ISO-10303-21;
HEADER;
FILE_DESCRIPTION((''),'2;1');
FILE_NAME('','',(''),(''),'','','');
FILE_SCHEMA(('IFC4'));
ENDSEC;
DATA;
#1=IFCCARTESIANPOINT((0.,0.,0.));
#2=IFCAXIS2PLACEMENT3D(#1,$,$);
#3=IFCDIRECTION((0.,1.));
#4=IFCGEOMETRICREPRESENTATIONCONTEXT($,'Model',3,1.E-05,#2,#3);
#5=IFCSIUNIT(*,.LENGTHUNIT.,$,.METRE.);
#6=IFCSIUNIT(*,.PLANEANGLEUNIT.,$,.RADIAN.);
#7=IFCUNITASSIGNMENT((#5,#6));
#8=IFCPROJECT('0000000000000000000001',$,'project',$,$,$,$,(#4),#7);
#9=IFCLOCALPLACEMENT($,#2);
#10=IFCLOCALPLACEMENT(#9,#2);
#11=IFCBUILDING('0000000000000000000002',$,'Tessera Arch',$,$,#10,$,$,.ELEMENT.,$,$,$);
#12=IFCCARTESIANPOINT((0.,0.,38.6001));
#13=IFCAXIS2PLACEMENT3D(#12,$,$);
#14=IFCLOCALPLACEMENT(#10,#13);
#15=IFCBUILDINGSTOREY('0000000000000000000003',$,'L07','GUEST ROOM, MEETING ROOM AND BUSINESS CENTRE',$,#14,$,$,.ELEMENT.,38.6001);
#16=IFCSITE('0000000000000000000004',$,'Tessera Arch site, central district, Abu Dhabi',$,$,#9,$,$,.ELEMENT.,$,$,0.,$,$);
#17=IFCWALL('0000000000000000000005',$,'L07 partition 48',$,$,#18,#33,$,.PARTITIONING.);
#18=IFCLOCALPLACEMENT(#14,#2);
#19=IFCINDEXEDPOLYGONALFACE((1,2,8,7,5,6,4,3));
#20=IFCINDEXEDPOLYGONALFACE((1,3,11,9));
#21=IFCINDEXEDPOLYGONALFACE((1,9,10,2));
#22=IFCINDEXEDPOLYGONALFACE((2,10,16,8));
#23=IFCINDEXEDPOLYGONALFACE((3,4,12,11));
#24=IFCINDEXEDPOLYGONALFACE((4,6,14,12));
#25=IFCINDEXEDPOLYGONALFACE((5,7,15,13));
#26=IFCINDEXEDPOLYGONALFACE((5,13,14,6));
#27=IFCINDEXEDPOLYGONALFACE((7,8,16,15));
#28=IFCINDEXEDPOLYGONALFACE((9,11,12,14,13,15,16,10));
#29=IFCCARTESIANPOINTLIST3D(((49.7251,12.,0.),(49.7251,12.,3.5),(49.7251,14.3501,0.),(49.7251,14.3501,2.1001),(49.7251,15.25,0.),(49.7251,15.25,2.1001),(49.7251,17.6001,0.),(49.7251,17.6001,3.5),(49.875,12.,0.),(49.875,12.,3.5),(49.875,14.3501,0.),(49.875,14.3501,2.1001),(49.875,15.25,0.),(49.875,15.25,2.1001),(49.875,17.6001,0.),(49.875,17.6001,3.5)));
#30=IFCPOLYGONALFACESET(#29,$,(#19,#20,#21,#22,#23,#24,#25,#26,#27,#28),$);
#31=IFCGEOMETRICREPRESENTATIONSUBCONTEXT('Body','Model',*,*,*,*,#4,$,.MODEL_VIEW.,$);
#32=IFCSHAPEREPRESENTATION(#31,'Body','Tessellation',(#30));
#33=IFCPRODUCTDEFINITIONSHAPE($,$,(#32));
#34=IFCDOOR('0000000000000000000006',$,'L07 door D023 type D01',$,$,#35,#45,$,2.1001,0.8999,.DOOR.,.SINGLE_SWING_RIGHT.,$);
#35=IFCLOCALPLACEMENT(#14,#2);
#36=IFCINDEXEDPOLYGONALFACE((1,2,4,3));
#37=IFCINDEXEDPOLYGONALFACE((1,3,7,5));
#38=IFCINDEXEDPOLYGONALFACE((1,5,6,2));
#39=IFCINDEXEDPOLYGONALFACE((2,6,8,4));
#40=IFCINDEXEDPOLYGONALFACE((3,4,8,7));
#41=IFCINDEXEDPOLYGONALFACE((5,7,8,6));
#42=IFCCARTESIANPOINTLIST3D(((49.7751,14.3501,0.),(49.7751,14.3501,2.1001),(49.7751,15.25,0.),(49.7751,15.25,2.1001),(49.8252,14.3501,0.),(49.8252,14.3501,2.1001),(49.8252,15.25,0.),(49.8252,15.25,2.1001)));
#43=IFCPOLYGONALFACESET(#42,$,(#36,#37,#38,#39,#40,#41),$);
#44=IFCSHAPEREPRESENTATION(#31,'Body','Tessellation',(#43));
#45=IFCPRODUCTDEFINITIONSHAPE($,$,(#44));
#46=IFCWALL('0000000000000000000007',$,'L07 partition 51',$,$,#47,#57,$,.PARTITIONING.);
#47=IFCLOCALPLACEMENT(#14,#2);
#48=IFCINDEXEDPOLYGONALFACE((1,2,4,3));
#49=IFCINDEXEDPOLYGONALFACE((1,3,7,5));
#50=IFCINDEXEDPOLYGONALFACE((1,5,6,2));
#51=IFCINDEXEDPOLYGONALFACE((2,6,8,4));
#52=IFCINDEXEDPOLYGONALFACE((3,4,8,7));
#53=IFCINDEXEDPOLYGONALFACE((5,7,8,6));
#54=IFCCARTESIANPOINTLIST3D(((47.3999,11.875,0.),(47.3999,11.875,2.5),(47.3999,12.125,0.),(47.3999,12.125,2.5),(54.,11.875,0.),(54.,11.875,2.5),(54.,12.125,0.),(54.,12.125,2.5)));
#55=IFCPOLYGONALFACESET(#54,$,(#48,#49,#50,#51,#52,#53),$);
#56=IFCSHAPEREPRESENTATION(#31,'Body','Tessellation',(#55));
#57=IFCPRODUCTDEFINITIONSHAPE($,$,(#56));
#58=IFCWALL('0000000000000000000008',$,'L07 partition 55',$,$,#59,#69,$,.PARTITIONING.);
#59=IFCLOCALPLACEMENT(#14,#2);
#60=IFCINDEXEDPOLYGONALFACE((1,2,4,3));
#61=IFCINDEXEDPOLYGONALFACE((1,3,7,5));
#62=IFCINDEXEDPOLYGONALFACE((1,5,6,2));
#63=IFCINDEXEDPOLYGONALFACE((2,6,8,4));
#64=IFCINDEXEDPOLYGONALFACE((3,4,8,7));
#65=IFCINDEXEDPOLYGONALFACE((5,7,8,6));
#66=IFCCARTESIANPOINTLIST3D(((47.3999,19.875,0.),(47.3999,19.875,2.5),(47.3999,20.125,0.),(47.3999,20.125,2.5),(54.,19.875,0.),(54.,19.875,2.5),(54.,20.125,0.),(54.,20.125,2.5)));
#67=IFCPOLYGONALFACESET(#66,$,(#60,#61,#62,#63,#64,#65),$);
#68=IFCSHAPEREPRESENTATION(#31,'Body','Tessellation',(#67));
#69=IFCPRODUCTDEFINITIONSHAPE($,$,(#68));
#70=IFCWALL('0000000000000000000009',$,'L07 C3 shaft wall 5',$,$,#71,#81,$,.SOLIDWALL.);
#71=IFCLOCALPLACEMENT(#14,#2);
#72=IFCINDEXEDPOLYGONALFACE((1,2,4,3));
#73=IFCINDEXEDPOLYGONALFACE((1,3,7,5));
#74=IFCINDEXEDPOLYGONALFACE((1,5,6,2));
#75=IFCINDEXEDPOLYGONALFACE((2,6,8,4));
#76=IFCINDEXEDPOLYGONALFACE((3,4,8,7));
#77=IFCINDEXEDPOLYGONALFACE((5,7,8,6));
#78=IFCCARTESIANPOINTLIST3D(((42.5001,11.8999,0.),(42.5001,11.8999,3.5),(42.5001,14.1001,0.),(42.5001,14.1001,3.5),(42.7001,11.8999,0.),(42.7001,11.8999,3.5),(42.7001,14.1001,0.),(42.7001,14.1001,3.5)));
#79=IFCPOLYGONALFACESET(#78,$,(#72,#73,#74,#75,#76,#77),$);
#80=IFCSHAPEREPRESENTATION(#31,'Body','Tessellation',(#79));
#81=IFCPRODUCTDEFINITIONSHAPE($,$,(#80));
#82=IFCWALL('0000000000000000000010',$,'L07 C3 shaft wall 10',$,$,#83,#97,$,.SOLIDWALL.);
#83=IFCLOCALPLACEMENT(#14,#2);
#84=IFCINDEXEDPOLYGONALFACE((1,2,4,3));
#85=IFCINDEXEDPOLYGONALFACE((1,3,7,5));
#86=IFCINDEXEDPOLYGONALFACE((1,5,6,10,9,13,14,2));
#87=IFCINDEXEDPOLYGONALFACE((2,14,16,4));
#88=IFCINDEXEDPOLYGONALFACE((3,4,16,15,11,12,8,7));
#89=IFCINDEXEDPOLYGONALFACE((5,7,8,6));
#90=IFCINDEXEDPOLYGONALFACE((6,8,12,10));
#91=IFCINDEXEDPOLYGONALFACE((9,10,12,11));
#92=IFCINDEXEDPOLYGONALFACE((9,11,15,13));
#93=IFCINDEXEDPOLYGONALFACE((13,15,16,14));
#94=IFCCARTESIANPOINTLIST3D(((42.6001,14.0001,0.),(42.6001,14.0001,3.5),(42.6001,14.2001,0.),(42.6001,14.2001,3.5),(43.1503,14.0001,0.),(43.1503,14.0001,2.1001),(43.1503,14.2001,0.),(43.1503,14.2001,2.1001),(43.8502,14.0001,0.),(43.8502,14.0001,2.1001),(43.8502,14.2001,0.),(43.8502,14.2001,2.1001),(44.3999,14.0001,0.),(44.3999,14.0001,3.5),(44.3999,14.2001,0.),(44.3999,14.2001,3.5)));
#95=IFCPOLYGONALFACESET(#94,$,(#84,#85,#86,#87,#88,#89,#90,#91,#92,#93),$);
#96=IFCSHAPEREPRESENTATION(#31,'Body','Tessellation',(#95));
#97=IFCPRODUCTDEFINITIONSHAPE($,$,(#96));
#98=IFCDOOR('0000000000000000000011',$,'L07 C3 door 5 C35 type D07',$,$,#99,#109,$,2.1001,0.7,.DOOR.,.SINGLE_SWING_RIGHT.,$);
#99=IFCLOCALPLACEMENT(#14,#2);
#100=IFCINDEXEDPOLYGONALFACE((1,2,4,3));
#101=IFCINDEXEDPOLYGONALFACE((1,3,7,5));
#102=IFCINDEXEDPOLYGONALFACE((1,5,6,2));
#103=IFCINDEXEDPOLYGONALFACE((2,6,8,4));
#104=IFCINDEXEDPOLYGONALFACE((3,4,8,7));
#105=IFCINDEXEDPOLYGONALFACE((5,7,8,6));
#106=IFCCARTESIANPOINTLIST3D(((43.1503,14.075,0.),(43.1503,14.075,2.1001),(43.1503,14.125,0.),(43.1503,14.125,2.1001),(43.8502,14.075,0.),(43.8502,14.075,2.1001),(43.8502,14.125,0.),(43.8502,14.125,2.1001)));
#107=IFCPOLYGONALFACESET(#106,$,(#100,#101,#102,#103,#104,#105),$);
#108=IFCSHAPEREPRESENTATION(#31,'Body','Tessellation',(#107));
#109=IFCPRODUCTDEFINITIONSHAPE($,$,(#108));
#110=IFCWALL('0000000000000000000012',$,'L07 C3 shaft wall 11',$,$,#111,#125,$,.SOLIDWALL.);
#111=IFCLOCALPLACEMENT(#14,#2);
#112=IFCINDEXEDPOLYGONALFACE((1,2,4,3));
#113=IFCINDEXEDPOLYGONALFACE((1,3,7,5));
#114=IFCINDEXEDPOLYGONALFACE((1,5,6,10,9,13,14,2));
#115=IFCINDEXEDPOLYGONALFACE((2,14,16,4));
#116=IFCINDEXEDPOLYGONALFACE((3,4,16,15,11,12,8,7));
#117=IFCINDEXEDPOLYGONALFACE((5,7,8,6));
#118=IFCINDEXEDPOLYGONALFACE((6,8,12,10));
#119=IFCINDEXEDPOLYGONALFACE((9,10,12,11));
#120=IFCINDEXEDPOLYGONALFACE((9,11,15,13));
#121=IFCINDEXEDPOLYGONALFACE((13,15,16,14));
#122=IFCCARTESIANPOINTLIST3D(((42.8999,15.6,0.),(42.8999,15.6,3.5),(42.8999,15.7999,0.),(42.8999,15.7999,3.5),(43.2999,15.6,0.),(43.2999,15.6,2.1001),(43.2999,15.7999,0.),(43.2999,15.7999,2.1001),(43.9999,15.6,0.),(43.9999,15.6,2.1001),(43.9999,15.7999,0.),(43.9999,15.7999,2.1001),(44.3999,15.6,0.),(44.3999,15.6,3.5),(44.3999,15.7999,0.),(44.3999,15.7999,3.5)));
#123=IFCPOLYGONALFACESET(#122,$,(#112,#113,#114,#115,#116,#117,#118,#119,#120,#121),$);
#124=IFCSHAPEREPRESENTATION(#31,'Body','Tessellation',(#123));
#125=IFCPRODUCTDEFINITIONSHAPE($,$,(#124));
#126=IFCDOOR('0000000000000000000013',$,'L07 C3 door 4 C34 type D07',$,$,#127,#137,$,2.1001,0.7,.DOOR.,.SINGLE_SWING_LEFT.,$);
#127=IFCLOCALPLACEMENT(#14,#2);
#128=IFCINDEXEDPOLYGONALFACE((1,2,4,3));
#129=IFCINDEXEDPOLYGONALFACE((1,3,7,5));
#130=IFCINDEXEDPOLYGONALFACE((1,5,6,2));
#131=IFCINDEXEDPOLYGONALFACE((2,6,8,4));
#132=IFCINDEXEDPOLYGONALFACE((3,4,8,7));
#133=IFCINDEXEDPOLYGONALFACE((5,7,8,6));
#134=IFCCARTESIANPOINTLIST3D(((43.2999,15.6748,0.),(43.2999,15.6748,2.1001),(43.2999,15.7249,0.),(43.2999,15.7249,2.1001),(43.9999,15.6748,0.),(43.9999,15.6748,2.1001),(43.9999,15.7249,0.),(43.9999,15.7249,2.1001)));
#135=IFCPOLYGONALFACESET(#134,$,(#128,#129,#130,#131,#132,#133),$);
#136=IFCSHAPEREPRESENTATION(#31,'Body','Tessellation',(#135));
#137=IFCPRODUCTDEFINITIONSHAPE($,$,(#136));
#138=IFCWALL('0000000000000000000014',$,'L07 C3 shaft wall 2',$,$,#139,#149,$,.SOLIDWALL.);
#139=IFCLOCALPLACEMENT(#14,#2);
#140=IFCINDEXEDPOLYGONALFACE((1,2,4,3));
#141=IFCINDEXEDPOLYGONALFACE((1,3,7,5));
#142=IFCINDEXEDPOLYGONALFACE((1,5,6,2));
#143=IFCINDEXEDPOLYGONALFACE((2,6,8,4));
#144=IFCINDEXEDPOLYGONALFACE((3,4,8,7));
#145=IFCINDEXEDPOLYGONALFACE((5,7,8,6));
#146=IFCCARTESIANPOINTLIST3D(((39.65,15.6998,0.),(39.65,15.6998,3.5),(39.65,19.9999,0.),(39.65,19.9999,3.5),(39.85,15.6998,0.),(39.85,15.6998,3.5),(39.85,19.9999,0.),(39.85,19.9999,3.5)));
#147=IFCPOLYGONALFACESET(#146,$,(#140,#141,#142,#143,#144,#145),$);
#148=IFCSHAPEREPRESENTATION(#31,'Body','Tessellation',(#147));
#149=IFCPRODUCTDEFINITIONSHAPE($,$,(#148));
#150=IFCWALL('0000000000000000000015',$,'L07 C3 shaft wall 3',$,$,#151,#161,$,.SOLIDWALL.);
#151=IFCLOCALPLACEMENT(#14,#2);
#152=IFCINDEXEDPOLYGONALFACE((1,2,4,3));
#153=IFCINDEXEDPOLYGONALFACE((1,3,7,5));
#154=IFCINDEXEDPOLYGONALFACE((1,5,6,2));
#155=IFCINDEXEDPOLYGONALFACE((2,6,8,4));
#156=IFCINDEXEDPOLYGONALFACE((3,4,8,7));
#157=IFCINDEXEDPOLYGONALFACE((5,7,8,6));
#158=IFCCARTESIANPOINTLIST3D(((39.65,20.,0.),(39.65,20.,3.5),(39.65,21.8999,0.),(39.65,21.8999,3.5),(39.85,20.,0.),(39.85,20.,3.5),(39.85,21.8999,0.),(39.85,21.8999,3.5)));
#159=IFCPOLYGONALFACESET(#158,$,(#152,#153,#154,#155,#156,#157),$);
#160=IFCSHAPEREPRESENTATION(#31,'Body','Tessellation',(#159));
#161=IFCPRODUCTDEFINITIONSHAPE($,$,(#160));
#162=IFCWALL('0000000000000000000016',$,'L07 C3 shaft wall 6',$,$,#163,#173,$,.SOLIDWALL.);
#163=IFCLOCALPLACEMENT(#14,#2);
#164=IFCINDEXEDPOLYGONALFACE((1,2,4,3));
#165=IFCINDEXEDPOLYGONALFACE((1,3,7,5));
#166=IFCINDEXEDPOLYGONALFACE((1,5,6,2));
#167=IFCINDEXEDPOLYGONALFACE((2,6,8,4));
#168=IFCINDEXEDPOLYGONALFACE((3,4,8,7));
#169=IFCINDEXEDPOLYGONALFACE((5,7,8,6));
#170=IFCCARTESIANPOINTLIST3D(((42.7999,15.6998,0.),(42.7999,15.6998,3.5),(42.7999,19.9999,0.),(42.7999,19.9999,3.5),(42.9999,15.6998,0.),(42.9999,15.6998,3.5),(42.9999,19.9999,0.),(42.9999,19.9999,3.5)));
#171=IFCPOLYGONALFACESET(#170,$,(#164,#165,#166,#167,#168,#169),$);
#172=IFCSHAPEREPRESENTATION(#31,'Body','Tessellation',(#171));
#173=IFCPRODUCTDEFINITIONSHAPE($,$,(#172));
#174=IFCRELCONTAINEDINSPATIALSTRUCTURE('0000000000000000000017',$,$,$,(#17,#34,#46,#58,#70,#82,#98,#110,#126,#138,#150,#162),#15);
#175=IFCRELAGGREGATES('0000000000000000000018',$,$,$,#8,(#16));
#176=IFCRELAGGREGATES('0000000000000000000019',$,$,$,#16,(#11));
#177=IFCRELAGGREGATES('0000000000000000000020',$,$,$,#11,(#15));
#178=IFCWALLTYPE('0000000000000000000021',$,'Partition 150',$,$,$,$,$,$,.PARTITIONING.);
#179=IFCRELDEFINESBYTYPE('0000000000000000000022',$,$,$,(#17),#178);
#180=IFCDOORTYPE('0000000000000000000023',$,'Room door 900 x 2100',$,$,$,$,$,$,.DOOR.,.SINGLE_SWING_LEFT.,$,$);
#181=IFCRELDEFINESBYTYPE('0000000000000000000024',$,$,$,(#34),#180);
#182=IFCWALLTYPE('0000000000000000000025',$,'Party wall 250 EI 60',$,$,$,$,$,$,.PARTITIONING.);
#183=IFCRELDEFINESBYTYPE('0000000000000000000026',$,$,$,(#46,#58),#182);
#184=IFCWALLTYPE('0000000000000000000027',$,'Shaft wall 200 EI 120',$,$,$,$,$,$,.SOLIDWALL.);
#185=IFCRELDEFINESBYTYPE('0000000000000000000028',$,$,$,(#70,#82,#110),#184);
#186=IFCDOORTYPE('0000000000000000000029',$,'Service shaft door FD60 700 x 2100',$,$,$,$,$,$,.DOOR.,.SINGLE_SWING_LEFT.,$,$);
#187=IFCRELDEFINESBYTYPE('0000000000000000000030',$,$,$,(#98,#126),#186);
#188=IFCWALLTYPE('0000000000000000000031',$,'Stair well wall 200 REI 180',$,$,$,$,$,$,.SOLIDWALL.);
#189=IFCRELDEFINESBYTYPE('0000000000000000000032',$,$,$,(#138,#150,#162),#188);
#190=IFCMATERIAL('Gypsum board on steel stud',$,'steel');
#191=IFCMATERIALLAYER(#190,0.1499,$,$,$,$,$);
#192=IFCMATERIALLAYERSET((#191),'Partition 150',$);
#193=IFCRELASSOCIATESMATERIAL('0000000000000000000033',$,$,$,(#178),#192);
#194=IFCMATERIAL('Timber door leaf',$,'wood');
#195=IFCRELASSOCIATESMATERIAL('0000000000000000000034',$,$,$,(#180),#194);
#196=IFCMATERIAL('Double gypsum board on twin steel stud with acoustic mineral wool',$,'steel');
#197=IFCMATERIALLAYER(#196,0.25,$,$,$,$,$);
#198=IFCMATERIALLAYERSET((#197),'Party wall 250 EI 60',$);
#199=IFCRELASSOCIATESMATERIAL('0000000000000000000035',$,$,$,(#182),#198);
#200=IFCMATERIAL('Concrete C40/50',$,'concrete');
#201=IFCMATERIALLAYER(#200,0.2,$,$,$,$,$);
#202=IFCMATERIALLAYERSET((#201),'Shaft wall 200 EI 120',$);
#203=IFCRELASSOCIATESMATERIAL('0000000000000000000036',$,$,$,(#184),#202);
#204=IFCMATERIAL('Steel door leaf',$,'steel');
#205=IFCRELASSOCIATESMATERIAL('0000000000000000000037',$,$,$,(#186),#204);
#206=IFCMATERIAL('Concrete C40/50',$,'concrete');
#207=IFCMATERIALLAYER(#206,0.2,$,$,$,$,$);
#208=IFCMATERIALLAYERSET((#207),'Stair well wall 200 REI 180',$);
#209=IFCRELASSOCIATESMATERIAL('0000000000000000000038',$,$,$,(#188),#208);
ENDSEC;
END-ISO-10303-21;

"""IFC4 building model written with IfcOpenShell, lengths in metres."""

from ifc_helpers import new_model, si_unit, direction, frame, frame_2d, origin, place, context, subcontext, project, spatial, rectangle, extrude, material, layer, layer_set, type_object, element, fill, save


model = new_model("IFC4")

# Units and contexts
model_context = context("Model", 3, precision=1e-05, world=origin(), true_north=direction((0.0, 1.0)))
body_context = subcontext(model_context, "Body", "Model", "MODEL_VIEW")
ifc_project = project(units=[si_unit("LENGTHUNIT", "METRE"), si_unit("PLANEANGLEUNIT", "RADIAN")], contexts=[model_context])

# Site, building, storey
site_placement = place(None, origin())
site = spatial("IfcSite", under=ifc_project, at=site_placement, Name="Tessera Arch site, central district, Abu Dhabi", CompositionType="ELEMENT", RefElevation=0.0)
building_placement = place(site_placement, origin())
building = spatial("IfcBuilding", under=site, at=building_placement, Name="Tessera Arch", CompositionType="ELEMENT")
storey_placement = place(building_placement, frame((0.0, 0.0, 38.6001)))
storey = spatial("IfcBuildingStorey", under=building, at=storey_placement, Name="L07", Description="GUEST ROOM, MEETING ROOM AND BUSINESS CENTRE", CompositionType="ELEMENT", Elevation=38.6001)

# Wall, opening, door
ifc_material_1 = material(Name="Gypsum board on steel stud", Category="steel")
ifc_layer_1 = layer(ifc_material_1, 0.1499)
ifc_layer_set_1 = layer_set([ifc_layer_1], Name="Partition 150")
wall_type_1 = type_object("IfcWallType", Name="Partition 150", PredefinedType="PARTITIONING", material=ifc_layer_set_1)
wall_1_placement = place(storey_placement, frame((49.8, 12.0, 0.0), z_axis=(0.0, 0.0, 1.0), x_axis=(0.0, 1.0, 0.0)))
wall_1 = element("IfcWall", 1, at=wall_1_placement, inside=storey, type_object=wall_type_1, Name="L07 partition 48", PredefinedType="PARTITIONING", context=body_context, shape_type="SweptSolid", body=[
    extrude(rectangle(XDim=5.6001, YDim=0.1499, at=frame_2d((2.8, 0.0))), origin(), (0.0, 0.0, 1.0), 3.5),
])
opening_1_placement = place(wall_1_placement, frame((2.3501, 0.0, 0.0)))
opening_1 = element("IfcOpeningElement", 2, at=opening_1_placement, cuts=wall_1, PredefinedType="OPENING", context=body_context, shape_type="SweptSolid", body=[
    extrude(rectangle(XDim=0.8999, YDim=2.1001, at=frame_2d((0.45, 1.05))), frame((0.0, 0.085, 0.0), z_axis=(0.0, -1.0, 0.0), x_axis=(1.0, 0.0, 0.0)), (0.0, 0.0, 1.0), 0.1699),
])
ifc_material_2 = material(Name="Timber door leaf", Category="wood")
door_type_1 = type_object("IfcDoorType", Name="Room door 900 x 2100", OperationType="SINGLE_SWING_LEFT", PredefinedType="DOOR", material=ifc_material_2)
door_1_placement = place(opening_1_placement, origin())
door_1 = element("IfcDoor", 3, at=door_1_placement, inside=storey, type_object=door_type_1, Name="L07 door D023 type D01", OperationType="SINGLE_SWING_RIGHT", OverallHeight=2.1001, OverallWidth=0.8999, PredefinedType="DOOR", context=body_context, shape_type="SweptSolid", body=[
    extrude(rectangle(XDim=0.8999, YDim=2.1001, at=frame_2d((0.45, 1.05))), frame((0.0, 0.0249, 0.0), z_axis=(0.0, -1.0, 0.0), x_axis=(1.0, 0.0, 0.0)), (0.0, 0.0, 1.0), 0.05),
])
fill(opening_1, door_1)

# Walls
ifc_material_3 = material(Name="Double gypsum board on twin steel stud with acoustic mineral wool", Category="steel")
ifc_layer_2 = layer(ifc_material_3, 0.25)
ifc_layer_set_2 = layer_set([ifc_layer_2], Name="Party wall 250 EI 60")
wall_type_2 = type_object("IfcWallType", Name="Party wall 250 EI 60", PredefinedType="PARTITIONING", material=ifc_layer_set_2)
for number, where, z_axis, x_axis, name in (
    (4, (47.3999, 12.0, 0.0), (0.0, 0.0, 1.0), (1.0, 0.0, 0.0), "L07 partition 51"),
    (5, (47.3999, 20.0, 0.0), (0.0, 0.0, 1.0), (1.0, 0.0, 0.0), "L07 partition 55"),
):
    element("IfcWall", number, at=place(storey_placement, frame(where, z_axis=z_axis, x_axis=x_axis)), inside=storey, type_object=wall_type_2, Name=name, PredefinedType="PARTITIONING", context=body_context, shape_type="SweptSolid", body=[
        extrude(rectangle(XDim=6.6001, YDim=0.25, at=frame_2d((3.3, 0.0))), origin(), (0.0, 0.0, 1.0), 2.5),
    ])
ifc_material_4 = material(Name="Concrete C40/50", Category="concrete")
ifc_layer_3 = layer(ifc_material_4, 0.2)
ifc_layer_set_3 = layer_set([ifc_layer_3], Name="Shaft wall 200 EI 120")
wall_type_3 = type_object("IfcWallType", Name="Shaft wall 200 EI 120", PredefinedType="SOLIDWALL", material=ifc_layer_set_3)
wall_2_placement = place(storey_placement, frame((42.6001, 11.8999, 0.0), z_axis=(0.0, 0.0, 1.0), x_axis=(0.0, 1.0, 0.0)))
element("IfcWall", 6, at=wall_2_placement, inside=storey, type_object=wall_type_3, Name="L07 C3 shaft wall 5", PredefinedType="SOLIDWALL", context=body_context, shape_type="SweptSolid", body=[
    extrude(rectangle(XDim=2.2002, YDim=0.2, at=frame_2d((1.1001, 0.0))), origin(), (0.0, 0.0, 1.0), 3.5),
])

# Walls, openings, doors
wall_3_placement = place(storey_placement, frame((42.6001, 14.1001, 0.0), z_axis=(0.0, 0.0, 1.0), x_axis=(1.0, 0.0, 0.0)))
wall_3 = element("IfcWall", 7, at=wall_3_placement, inside=storey, type_object=wall_type_3, Name="L07 C3 shaft wall 10", PredefinedType="SOLIDWALL", context=body_context, shape_type="SweptSolid", body=[
    extrude(rectangle(XDim=1.7998, YDim=0.2, at=frame_2d((0.8999, 0.0))), origin(), (0.0, 0.0, 1.0), 3.5),
])
opening_2_placement = place(wall_3_placement, frame((0.55, 0.0, 0.0)))
opening_2 = element("IfcOpeningElement", 8, at=opening_2_placement, cuts=wall_3, PredefinedType="OPENING", context=body_context, shape_type="SweptSolid", body=[
    extrude(rectangle(XDim=0.7, YDim=2.1001, at=frame_2d((0.3501, 1.05))), frame((0.0, 0.1099, 0.0), z_axis=(0.0, -1.0, 0.0), x_axis=(1.0, 0.0, 0.0)), (0.0, 0.0, 1.0), 0.22),
])
ifc_material_5 = material(Name="Steel door leaf", Category="steel")
door_type_2 = type_object("IfcDoorType", Name="Service shaft door FD60 700 x 2100", OperationType="SINGLE_SWING_LEFT", PredefinedType="DOOR", material=ifc_material_5)
door_2_placement = place(opening_2_placement, origin())
door_2 = element("IfcDoor", 9, at=door_2_placement, inside=storey, type_object=door_type_2, Name="L07 C3 door 5 C35 type D07", OperationType="SINGLE_SWING_RIGHT", OverallHeight=2.1001, OverallWidth=0.7, PredefinedType="DOOR", context=body_context, shape_type="SweptSolid", body=[
    extrude(rectangle(XDim=0.7, YDim=2.1001, at=frame_2d((0.3501, 1.05))), frame((0.0, 0.0249, 0.0), z_axis=(0.0, -1.0, 0.0), x_axis=(1.0, 0.0, 0.0)), (0.0, 0.0, 1.0), 0.05),
])
fill(opening_2, door_2)
wall_4_placement = place(storey_placement, frame((42.8999, 15.7, 0.0), z_axis=(0.0, 0.0, 1.0), x_axis=(1.0, 0.0, 0.0)))
wall_4 = element("IfcWall", 10, at=wall_4_placement, inside=storey, type_object=wall_type_3, Name="L07 C3 shaft wall 11", PredefinedType="SOLIDWALL", context=body_context, shape_type="SweptSolid", body=[
    extrude(rectangle(XDim=1.5, YDim=0.2, at=frame_2d((0.75, 0.0))), origin(), (0.0, 0.0, 1.0), 3.5),
])
opening_3_placement = place(wall_4_placement, frame((0.3999, 0.0, 0.0)))
opening_3 = element("IfcOpeningElement", 11, at=opening_3_placement, cuts=wall_4, PredefinedType="OPENING", context=body_context, shape_type="SweptSolid", body=[
    extrude(rectangle(XDim=0.7, YDim=2.1001, at=frame_2d((0.3501, 1.05))), frame((0.0, 0.1099, 0.0), z_axis=(0.0, -1.0, 0.0), x_axis=(1.0, 0.0, 0.0)), (0.0, 0.0, 1.0), 0.22),
])
door_3_placement = place(opening_3_placement, origin())
door_3 = element("IfcDoor", 12, at=door_3_placement, inside=storey, type_object=door_type_2, Name="L07 C3 door 4 C34 type D07", OperationType="SINGLE_SWING_LEFT", OverallHeight=2.1001, OverallWidth=0.7, PredefinedType="DOOR", context=body_context, shape_type="SweptSolid", body=[
    extrude(rectangle(XDim=0.7, YDim=2.1001, at=frame_2d((0.3501, 1.05))), frame((0.0, 0.0249, 0.0), z_axis=(0.0, -1.0, 0.0), x_axis=(1.0, 0.0, 0.0)), (0.0, 0.0, 1.0), 0.05),
])
fill(opening_3, door_3)

# Walls
ifc_material_6 = material(Name="Concrete C40/50", Category="concrete")
ifc_layer_4 = layer(ifc_material_6, 0.2)
ifc_layer_set_4 = layer_set([ifc_layer_4], Name="Stair well wall 200 REI 180")
wall_type_4 = type_object("IfcWallType", Name="Stair well wall 200 REI 180", PredefinedType="SOLIDWALL", material=ifc_layer_set_4)
wall_5_placement = place(storey_placement, frame((39.75, 15.7, 0.0), z_axis=(0.0, 0.0, 1.0), x_axis=(0.0, 1.0, 0.0)))
element("IfcWall", 13, at=wall_5_placement, inside=storey, type_object=wall_type_4, Name="L07 C3 shaft wall 2", PredefinedType="SOLIDWALL", context=body_context, shape_type="SweptSolid", body=[
    extrude(rectangle(XDim=4.3, YDim=0.2, at=frame_2d((2.1499, 0.0))), origin(), (0.0, 0.0, 1.0), 3.5),
])
wall_6_placement = place(storey_placement, frame((39.75, 20.0, 0.0), z_axis=(0.0, 0.0, 1.0), x_axis=(0.0, 1.0, 0.0)))
element("IfcWall", 14, at=wall_6_placement, inside=storey, type_object=wall_type_4, Name="L07 C3 shaft wall 3", PredefinedType="SOLIDWALL", context=body_context, shape_type="SweptSolid", body=[
    extrude(rectangle(XDim=1.8999, YDim=0.2, at=frame_2d((0.95, 0.0))), origin(), (0.0, 0.0, 1.0), 3.5),
])
wall_7_placement = place(storey_placement, frame((42.8999, 15.7, 0.0), z_axis=(0.0, 0.0, 1.0), x_axis=(0.0, 1.0, 0.0)))
element("IfcWall", 15, at=wall_7_placement, inside=storey, type_object=wall_type_4, Name="L07 C3 shaft wall 6", PredefinedType="SOLIDWALL", context=body_context, shape_type="SweptSolid", body=[
    extrude(rectangle(XDim=4.3, YDim=0.2, at=frame_2d((2.1499, 0.0))), origin(), (0.0, 0.0, 1.0), 3.5),
])

save(model, "model.ifc")
